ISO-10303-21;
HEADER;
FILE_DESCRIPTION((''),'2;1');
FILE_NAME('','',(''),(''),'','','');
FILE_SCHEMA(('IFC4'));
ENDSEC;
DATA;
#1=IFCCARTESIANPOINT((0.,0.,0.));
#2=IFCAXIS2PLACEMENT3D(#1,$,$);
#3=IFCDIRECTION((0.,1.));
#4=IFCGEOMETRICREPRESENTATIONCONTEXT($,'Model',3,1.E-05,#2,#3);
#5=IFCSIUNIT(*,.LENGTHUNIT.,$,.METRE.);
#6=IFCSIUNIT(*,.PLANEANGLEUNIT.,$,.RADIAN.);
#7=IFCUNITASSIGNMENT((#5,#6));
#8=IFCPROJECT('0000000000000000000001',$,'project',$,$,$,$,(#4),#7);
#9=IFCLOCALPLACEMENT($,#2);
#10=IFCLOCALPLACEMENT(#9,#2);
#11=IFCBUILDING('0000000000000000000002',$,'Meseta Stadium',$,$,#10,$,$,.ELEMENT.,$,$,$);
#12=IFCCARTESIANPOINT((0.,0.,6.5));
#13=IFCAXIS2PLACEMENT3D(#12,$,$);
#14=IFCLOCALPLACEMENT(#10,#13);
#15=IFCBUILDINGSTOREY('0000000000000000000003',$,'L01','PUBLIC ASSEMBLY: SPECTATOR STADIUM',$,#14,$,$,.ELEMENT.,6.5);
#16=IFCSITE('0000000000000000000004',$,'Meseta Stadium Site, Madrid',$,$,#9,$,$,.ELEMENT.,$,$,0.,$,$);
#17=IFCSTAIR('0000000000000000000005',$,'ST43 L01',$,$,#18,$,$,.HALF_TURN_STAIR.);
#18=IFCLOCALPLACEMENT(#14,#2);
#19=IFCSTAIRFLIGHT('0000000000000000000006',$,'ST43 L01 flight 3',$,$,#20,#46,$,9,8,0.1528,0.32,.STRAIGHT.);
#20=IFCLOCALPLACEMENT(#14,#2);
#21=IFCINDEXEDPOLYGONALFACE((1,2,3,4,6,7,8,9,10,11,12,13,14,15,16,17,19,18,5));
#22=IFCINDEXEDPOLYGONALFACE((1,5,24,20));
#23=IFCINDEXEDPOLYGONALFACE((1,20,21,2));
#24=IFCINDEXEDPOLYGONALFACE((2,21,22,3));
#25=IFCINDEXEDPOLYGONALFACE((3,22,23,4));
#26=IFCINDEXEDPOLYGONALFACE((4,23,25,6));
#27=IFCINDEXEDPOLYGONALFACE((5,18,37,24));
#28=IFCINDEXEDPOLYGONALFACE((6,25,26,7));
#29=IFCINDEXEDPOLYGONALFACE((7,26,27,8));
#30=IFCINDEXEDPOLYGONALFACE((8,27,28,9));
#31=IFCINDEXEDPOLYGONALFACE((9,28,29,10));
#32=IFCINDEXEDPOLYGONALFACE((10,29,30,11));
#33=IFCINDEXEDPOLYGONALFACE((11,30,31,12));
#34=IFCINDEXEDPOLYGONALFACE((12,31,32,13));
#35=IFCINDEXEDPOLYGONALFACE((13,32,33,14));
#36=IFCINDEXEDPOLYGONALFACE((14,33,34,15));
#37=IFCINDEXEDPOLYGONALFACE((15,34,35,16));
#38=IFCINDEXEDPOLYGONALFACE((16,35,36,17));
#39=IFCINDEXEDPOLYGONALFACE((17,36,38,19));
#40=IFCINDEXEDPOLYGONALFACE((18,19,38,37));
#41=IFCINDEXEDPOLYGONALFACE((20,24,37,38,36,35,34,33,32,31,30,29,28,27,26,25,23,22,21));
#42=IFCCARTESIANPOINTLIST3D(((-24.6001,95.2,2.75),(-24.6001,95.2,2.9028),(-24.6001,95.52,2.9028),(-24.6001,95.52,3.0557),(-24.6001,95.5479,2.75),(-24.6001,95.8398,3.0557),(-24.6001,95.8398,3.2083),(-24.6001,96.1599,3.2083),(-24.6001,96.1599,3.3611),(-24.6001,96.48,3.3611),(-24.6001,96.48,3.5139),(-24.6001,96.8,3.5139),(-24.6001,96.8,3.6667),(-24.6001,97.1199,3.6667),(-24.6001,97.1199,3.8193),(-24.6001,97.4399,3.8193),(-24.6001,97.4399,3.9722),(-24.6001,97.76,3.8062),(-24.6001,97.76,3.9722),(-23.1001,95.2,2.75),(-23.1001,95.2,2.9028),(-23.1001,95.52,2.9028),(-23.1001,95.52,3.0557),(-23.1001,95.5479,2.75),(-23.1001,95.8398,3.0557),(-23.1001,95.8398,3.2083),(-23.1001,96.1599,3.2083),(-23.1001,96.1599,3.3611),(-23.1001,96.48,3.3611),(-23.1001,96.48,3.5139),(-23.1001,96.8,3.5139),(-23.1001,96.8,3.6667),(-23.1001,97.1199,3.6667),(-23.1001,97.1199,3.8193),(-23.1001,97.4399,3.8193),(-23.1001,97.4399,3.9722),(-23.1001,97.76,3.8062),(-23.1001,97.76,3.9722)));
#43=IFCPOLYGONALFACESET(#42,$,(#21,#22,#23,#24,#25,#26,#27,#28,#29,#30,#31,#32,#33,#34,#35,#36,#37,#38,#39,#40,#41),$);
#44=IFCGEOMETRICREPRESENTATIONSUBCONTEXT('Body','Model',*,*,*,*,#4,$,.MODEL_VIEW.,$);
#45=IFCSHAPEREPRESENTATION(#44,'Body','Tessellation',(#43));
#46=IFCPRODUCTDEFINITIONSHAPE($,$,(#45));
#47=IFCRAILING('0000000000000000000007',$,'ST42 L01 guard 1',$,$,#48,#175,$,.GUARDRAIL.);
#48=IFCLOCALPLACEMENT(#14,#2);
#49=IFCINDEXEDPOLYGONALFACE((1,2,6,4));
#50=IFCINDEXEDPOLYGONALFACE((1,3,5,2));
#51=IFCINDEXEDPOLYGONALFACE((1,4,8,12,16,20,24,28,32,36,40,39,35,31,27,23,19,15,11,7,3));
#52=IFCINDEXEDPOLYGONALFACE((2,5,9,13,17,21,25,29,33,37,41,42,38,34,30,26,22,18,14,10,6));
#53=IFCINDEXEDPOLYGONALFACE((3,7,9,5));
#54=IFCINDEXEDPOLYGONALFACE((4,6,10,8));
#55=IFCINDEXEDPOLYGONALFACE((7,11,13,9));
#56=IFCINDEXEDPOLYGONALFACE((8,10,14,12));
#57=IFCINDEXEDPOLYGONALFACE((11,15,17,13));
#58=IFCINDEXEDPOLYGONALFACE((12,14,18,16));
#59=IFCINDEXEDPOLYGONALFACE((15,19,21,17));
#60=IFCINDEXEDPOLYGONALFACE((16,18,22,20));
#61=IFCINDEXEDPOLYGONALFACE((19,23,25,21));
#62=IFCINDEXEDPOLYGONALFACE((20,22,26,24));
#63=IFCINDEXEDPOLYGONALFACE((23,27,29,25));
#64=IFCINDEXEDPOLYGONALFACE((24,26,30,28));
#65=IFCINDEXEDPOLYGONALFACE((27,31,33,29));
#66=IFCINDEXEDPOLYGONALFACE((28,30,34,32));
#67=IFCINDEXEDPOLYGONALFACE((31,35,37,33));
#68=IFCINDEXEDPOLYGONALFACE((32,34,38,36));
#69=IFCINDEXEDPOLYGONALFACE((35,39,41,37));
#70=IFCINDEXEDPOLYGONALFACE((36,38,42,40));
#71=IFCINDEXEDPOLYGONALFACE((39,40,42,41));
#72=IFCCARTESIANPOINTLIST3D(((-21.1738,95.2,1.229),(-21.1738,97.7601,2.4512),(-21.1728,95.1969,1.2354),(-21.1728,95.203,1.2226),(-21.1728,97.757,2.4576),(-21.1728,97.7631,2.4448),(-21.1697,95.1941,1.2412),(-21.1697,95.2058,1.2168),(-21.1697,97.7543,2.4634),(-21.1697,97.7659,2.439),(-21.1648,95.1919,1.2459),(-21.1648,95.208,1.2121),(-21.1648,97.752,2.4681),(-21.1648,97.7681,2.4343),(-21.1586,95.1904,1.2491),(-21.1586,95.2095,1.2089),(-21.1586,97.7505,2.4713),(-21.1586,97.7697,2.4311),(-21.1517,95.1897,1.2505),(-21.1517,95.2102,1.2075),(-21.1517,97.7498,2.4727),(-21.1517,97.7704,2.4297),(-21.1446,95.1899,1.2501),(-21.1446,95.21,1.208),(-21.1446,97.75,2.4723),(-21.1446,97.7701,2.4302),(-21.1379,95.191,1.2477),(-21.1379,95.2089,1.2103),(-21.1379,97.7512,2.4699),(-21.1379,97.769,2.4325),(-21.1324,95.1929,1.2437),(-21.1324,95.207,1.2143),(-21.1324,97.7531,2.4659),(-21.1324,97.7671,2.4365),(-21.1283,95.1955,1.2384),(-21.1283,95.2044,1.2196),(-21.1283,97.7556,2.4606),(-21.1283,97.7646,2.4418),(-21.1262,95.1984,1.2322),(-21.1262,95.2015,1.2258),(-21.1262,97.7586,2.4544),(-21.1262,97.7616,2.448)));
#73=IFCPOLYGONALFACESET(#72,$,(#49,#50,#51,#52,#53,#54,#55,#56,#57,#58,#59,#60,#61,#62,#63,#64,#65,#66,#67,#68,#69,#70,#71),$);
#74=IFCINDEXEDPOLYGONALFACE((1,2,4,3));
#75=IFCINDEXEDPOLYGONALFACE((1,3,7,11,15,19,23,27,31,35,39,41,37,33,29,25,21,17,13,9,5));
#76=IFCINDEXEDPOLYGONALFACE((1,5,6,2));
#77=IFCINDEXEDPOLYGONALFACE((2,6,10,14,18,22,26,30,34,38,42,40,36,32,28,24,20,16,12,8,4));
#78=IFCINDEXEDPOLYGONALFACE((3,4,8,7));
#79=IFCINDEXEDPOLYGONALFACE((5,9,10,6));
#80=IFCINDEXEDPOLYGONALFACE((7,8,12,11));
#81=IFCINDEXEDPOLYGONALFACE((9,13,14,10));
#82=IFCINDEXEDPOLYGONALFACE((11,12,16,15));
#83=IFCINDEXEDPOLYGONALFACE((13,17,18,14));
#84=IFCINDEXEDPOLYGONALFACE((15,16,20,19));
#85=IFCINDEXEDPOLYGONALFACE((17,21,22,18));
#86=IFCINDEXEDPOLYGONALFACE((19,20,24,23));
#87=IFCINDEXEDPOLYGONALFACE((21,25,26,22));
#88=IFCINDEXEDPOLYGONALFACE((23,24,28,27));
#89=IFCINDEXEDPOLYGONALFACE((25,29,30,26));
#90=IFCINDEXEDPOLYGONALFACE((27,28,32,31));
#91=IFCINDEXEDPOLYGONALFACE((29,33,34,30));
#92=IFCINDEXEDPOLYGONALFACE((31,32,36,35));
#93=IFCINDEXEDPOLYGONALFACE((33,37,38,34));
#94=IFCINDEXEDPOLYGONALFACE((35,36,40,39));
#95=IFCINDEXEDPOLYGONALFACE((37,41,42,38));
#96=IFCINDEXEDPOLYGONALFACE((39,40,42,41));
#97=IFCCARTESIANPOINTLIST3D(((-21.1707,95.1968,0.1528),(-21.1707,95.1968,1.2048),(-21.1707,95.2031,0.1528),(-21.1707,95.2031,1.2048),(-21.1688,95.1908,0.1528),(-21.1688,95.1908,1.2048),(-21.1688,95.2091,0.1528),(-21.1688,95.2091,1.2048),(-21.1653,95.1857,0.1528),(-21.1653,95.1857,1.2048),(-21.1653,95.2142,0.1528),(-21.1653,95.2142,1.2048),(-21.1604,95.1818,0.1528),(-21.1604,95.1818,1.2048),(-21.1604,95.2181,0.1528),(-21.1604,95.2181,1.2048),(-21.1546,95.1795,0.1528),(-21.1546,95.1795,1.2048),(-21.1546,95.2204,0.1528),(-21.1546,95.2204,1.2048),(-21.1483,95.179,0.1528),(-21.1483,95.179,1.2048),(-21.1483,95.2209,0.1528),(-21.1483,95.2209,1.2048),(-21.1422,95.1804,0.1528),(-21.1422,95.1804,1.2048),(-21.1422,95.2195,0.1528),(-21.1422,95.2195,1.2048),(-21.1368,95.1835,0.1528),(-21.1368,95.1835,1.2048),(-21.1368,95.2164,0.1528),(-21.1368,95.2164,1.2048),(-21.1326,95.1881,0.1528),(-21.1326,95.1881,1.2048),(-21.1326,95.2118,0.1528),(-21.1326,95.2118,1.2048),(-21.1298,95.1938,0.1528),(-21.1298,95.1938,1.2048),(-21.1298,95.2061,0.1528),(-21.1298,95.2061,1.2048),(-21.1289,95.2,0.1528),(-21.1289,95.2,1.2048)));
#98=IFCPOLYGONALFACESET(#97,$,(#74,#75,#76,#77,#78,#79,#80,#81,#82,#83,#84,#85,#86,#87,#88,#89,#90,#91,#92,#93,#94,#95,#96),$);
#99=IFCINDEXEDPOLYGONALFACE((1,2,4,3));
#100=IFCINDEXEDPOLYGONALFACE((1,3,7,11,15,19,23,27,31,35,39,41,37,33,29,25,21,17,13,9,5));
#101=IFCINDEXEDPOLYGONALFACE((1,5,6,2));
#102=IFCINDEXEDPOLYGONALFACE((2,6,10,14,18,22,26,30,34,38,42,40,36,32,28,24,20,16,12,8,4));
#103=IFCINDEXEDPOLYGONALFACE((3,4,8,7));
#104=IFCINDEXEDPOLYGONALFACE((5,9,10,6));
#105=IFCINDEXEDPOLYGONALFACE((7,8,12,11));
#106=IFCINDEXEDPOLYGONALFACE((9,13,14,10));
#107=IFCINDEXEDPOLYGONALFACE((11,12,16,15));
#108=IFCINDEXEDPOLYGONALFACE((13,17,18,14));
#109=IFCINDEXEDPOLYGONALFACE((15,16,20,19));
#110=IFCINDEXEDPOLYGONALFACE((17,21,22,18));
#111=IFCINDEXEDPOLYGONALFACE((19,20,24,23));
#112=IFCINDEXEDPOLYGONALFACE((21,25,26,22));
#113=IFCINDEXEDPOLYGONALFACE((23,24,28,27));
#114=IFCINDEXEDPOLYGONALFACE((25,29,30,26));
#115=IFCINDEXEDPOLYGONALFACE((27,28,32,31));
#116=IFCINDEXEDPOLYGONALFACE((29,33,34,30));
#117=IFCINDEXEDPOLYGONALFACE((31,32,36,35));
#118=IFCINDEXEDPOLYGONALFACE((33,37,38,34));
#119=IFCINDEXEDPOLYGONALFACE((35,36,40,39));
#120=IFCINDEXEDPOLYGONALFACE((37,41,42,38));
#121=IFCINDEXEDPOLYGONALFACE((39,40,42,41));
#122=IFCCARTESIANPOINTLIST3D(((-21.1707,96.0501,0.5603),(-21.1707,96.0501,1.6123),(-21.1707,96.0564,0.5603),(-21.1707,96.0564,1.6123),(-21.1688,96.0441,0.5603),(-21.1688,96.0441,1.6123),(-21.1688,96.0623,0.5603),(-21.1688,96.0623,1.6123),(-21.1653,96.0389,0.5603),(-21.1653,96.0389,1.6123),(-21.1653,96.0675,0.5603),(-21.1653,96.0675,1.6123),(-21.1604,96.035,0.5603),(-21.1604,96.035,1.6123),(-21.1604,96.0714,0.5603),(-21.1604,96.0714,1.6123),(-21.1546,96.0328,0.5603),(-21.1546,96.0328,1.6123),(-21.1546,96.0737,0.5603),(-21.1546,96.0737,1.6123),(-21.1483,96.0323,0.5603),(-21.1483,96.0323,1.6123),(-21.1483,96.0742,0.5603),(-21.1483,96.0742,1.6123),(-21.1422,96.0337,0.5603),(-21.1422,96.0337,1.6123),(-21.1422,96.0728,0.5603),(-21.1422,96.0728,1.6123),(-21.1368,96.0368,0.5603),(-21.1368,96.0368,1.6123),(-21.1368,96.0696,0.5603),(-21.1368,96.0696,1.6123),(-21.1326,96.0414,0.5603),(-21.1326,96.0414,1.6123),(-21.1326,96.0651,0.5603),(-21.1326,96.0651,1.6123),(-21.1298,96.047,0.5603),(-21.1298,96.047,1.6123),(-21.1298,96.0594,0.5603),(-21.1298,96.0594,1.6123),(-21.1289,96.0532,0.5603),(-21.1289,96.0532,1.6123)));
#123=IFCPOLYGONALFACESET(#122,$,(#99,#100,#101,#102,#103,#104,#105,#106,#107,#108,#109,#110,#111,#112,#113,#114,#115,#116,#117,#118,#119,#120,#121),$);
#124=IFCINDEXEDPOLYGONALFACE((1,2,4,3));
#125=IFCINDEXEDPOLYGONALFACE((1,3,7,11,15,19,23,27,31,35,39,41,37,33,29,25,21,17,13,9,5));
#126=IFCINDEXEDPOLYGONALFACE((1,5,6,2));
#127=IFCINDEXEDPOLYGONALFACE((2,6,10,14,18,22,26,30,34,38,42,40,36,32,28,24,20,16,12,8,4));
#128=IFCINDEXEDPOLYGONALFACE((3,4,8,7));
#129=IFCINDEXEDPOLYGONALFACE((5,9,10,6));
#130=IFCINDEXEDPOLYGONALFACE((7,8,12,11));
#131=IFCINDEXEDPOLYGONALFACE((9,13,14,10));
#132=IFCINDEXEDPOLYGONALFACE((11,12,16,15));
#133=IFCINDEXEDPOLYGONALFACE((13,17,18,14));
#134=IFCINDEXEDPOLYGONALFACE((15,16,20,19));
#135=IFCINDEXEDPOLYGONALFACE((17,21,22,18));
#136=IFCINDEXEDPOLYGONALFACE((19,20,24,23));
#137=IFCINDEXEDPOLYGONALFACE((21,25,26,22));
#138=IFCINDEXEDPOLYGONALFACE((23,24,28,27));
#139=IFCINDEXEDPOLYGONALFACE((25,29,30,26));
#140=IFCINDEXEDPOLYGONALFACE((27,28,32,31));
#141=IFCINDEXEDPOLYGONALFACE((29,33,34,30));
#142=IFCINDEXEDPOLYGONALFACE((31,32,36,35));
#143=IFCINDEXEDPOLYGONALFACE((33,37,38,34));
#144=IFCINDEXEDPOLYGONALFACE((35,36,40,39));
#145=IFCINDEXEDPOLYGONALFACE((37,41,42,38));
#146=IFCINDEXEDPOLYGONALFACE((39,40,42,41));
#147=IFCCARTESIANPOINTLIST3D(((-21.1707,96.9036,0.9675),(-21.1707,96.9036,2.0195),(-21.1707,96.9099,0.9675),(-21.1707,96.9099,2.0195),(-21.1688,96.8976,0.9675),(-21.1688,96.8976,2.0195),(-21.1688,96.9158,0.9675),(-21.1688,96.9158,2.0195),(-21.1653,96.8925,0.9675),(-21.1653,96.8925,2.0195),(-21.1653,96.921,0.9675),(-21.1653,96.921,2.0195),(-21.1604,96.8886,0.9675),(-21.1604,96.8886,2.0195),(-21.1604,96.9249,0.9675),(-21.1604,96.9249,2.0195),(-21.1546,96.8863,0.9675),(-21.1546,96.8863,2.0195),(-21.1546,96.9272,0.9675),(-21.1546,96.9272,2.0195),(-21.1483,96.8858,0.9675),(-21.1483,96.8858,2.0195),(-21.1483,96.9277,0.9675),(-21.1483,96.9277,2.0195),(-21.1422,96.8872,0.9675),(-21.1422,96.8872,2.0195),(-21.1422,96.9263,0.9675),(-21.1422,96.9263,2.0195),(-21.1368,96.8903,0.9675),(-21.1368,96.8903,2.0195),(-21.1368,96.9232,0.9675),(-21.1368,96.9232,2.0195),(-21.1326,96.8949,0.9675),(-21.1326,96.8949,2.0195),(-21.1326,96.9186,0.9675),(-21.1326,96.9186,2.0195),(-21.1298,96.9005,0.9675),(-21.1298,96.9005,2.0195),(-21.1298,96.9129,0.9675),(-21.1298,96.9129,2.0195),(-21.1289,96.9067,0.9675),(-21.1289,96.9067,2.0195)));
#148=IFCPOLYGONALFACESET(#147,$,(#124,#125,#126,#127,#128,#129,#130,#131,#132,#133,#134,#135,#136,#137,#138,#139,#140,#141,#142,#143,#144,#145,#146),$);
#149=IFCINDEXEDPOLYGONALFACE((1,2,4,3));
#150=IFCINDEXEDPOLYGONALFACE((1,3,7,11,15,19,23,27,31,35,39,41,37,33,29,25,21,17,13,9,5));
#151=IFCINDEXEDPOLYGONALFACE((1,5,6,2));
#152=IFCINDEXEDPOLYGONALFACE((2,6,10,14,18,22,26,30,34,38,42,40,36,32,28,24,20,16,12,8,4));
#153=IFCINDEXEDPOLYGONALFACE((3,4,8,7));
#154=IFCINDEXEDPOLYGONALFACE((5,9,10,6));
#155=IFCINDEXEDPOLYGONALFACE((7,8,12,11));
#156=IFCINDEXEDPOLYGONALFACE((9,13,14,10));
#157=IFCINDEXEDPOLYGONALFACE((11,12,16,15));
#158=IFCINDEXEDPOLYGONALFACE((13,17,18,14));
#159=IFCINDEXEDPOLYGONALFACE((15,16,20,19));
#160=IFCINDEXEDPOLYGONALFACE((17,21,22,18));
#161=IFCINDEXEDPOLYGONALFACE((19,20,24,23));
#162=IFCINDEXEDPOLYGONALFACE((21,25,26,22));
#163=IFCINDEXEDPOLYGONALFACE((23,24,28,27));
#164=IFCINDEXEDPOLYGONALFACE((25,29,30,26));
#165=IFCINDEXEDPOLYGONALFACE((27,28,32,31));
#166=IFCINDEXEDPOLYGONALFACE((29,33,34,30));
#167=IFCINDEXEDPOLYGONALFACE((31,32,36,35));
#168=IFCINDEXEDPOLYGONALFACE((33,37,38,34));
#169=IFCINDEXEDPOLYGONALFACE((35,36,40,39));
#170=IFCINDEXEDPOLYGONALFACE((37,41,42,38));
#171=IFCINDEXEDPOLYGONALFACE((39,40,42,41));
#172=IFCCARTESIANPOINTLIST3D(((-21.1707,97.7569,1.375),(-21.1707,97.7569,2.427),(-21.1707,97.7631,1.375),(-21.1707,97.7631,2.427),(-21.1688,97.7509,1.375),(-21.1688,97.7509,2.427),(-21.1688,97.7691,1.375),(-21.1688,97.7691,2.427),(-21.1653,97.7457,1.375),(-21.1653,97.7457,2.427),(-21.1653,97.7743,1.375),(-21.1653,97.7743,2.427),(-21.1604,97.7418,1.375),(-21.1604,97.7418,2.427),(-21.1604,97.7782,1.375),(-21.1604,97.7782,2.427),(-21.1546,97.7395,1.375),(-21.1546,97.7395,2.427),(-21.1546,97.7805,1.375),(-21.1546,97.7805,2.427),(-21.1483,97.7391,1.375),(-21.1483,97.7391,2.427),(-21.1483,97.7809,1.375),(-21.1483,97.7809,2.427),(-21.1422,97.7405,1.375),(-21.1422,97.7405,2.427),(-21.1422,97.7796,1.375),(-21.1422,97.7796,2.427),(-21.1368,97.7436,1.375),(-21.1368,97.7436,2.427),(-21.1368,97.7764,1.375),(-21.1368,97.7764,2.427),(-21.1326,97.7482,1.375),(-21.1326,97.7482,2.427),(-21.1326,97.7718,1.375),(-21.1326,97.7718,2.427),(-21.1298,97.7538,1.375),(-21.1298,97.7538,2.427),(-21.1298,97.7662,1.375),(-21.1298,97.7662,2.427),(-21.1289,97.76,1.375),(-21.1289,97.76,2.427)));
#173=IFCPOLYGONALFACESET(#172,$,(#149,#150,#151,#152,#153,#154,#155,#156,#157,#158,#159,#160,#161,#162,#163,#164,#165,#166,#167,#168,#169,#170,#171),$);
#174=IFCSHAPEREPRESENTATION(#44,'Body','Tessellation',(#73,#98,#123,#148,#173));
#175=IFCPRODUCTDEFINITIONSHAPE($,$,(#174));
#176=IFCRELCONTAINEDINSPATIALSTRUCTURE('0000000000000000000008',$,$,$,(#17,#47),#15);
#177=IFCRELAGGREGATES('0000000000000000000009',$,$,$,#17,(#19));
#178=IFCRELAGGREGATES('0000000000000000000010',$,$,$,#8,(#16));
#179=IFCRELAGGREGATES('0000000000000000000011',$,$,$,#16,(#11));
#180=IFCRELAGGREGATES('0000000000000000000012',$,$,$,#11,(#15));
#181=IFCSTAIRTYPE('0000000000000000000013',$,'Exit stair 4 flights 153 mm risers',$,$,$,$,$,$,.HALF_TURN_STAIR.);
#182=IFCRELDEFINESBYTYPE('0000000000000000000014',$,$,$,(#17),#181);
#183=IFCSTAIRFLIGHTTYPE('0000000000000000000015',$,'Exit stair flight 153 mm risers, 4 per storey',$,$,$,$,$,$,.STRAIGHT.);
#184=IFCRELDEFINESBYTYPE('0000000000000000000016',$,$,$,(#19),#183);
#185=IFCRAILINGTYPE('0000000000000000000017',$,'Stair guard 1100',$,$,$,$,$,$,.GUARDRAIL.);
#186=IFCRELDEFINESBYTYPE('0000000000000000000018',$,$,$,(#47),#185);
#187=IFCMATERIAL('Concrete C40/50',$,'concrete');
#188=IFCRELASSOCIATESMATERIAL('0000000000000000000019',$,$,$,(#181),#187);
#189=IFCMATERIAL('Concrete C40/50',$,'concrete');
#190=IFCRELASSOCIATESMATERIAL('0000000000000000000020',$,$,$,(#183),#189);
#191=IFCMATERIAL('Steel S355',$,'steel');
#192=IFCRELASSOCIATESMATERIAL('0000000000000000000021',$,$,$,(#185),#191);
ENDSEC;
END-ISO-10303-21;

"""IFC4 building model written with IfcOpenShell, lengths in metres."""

from ifc_helpers import new_model, si_unit, direction, frame, origin, origin_2d, place, context, subcontext, project, spatial, polyline, circle, outline, extrude, material, type_object, element, aggregate, save


model = new_model("IFC4")

# Units and contexts
model_context = context("Model", 3, precision=1e-05, world=origin(), true_north=direction((0.0, 1.0)))
body_context = subcontext(model_context, "Body", "Model", "MODEL_VIEW")
ifc_project = project(units=[si_unit("LENGTHUNIT", "METRE"), si_unit("PLANEANGLEUNIT", "RADIAN")], contexts=[model_context])

# Site, building, storey
site_placement = place(None, origin())
site = spatial("IfcSite", under=ifc_project, at=site_placement, Name="Meseta Stadium Site, Madrid", CompositionType="ELEMENT", RefElevation=0.0)
building_placement = place(site_placement, origin())
building = spatial("IfcBuilding", under=site, at=building_placement, Name="Meseta Stadium", CompositionType="ELEMENT")
storey_placement = place(building_placement, frame((0.0, 0.0, 6.5)))
storey = spatial("IfcBuildingStorey", under=building, at=storey_placement, Name="L01", Description="PUBLIC ASSEMBLY: SPECTATOR STADIUM", CompositionType="ELEMENT", Elevation=6.5)

# Stair, stair flight
ifc_material_1 = material(Name="Concrete C40/50", Category="concrete")
stair_type = type_object("IfcStairType", Name="Exit stair 4 flights 153 mm risers", PredefinedType="HALF_TURN_STAIR", material=ifc_material_1)
ifc_material_2 = material(Name="Concrete C40/50", Category="concrete")
stair_flight_type = type_object("IfcStairFlightType", Name="Exit stair flight 153 mm risers, 4 per storey", PredefinedType="STRAIGHT", material=ifc_material_2)
stair_1_placement = place(storey_placement, origin())
stair_1 = element("IfcStair", 1, at=stair_1_placement, inside=storey, type_object=stair_type, Name="ST43 L01", PredefinedType="HALF_TURN_STAIR")
stair_flight_1_placement = place(storey_placement, frame((-23.8501, 95.2, 2.75), z_axis=(0.0, 0.0, 1.0), x_axis=(0.0, 1.0, 0.0)))
stair_flight_1 = element("IfcStairFlight", 2, at=stair_flight_1_placement, type_object=stair_flight_type, Name="ST43 L01 flight 3", NumberOfRisers=9, NumberOfTreads=8, PredefinedType="STRAIGHT", RiserHeight=0.1528, TreadLength=0.32, context=body_context, shape_type="SweptSolid", body=[
    extrude(outline(polyline([(0.0, 0.0), (0.0, 0.1528), (0.3201, 0.1528), (0.3201, 0.3057), (0.6399, 0.3057), (0.6399, 0.4583), (0.96, 0.4583), (0.96, 0.6111), (1.28, 0.6111), (1.28, 0.7639), (1.6001, 0.7639), (1.6001, 0.9167), (1.9199, 0.9167), (1.9199, 1.0693), (2.24, 1.0693), (2.24, 1.2222), (2.5601, 1.2222), (2.5601, 1.0562), (0.3479, 0.0), (0.0, 0.0)])), frame((0.0, 0.75, 0.0), z_axis=(0.0, -1.0, 0.0), x_axis=(1.0, 0.0, 0.0)), (0.0, 0.0, 1.0), 1.5),
])
aggregate(stair_1, [stair_flight_1])

# Railing
ifc_material_3 = material(Name="Steel S355", Category="steel")
railing_type_1 = type_object("IfcRailingType", Name="Stair guard 1100", PredefinedType="GUARDRAIL", material=ifc_material_3)
railing_1_placement = place(storey_placement, frame((-21.1499, 95.2, 0.1528)))
element("IfcRailing", 3, at=railing_1_placement, inside=storey, type_object=railing_type_1, Name="ST42 L01 guard 1", PredefinedType="GUARDRAIL", context=body_context, shape_type="SweptSolid", body=[
    extrude(circle(Radius=0.0239, at=origin_2d()), frame((0.0, 0.0, 1.0762), z_axis=(0.0, 0.902437, 0.430822), x_axis=(-1.0, 0.0, 0.0)), (0.0, 0.0, 1.0), 2.8369),
    extrude(circle(Radius=0.021, at=origin_2d()), origin(), (0.0, 0.0, 1.0), 1.052),
    extrude(circle(Radius=0.021, at=origin_2d()), frame((0.0, 0.8533, 0.4075)), (0.0, 0.0, 1.0), 1.052),
    extrude(circle(Radius=0.021, at=origin_2d()), frame((0.0, 1.7068, 0.8147)), (0.0, 0.0, 1.0), 1.052),
    extrude(circle(Radius=0.021, at=origin_2d()), frame((0.0, 2.5601, 1.2222)), (0.0, 0.0, 1.0), 1.052),
])

save(model, "model.ifc")
